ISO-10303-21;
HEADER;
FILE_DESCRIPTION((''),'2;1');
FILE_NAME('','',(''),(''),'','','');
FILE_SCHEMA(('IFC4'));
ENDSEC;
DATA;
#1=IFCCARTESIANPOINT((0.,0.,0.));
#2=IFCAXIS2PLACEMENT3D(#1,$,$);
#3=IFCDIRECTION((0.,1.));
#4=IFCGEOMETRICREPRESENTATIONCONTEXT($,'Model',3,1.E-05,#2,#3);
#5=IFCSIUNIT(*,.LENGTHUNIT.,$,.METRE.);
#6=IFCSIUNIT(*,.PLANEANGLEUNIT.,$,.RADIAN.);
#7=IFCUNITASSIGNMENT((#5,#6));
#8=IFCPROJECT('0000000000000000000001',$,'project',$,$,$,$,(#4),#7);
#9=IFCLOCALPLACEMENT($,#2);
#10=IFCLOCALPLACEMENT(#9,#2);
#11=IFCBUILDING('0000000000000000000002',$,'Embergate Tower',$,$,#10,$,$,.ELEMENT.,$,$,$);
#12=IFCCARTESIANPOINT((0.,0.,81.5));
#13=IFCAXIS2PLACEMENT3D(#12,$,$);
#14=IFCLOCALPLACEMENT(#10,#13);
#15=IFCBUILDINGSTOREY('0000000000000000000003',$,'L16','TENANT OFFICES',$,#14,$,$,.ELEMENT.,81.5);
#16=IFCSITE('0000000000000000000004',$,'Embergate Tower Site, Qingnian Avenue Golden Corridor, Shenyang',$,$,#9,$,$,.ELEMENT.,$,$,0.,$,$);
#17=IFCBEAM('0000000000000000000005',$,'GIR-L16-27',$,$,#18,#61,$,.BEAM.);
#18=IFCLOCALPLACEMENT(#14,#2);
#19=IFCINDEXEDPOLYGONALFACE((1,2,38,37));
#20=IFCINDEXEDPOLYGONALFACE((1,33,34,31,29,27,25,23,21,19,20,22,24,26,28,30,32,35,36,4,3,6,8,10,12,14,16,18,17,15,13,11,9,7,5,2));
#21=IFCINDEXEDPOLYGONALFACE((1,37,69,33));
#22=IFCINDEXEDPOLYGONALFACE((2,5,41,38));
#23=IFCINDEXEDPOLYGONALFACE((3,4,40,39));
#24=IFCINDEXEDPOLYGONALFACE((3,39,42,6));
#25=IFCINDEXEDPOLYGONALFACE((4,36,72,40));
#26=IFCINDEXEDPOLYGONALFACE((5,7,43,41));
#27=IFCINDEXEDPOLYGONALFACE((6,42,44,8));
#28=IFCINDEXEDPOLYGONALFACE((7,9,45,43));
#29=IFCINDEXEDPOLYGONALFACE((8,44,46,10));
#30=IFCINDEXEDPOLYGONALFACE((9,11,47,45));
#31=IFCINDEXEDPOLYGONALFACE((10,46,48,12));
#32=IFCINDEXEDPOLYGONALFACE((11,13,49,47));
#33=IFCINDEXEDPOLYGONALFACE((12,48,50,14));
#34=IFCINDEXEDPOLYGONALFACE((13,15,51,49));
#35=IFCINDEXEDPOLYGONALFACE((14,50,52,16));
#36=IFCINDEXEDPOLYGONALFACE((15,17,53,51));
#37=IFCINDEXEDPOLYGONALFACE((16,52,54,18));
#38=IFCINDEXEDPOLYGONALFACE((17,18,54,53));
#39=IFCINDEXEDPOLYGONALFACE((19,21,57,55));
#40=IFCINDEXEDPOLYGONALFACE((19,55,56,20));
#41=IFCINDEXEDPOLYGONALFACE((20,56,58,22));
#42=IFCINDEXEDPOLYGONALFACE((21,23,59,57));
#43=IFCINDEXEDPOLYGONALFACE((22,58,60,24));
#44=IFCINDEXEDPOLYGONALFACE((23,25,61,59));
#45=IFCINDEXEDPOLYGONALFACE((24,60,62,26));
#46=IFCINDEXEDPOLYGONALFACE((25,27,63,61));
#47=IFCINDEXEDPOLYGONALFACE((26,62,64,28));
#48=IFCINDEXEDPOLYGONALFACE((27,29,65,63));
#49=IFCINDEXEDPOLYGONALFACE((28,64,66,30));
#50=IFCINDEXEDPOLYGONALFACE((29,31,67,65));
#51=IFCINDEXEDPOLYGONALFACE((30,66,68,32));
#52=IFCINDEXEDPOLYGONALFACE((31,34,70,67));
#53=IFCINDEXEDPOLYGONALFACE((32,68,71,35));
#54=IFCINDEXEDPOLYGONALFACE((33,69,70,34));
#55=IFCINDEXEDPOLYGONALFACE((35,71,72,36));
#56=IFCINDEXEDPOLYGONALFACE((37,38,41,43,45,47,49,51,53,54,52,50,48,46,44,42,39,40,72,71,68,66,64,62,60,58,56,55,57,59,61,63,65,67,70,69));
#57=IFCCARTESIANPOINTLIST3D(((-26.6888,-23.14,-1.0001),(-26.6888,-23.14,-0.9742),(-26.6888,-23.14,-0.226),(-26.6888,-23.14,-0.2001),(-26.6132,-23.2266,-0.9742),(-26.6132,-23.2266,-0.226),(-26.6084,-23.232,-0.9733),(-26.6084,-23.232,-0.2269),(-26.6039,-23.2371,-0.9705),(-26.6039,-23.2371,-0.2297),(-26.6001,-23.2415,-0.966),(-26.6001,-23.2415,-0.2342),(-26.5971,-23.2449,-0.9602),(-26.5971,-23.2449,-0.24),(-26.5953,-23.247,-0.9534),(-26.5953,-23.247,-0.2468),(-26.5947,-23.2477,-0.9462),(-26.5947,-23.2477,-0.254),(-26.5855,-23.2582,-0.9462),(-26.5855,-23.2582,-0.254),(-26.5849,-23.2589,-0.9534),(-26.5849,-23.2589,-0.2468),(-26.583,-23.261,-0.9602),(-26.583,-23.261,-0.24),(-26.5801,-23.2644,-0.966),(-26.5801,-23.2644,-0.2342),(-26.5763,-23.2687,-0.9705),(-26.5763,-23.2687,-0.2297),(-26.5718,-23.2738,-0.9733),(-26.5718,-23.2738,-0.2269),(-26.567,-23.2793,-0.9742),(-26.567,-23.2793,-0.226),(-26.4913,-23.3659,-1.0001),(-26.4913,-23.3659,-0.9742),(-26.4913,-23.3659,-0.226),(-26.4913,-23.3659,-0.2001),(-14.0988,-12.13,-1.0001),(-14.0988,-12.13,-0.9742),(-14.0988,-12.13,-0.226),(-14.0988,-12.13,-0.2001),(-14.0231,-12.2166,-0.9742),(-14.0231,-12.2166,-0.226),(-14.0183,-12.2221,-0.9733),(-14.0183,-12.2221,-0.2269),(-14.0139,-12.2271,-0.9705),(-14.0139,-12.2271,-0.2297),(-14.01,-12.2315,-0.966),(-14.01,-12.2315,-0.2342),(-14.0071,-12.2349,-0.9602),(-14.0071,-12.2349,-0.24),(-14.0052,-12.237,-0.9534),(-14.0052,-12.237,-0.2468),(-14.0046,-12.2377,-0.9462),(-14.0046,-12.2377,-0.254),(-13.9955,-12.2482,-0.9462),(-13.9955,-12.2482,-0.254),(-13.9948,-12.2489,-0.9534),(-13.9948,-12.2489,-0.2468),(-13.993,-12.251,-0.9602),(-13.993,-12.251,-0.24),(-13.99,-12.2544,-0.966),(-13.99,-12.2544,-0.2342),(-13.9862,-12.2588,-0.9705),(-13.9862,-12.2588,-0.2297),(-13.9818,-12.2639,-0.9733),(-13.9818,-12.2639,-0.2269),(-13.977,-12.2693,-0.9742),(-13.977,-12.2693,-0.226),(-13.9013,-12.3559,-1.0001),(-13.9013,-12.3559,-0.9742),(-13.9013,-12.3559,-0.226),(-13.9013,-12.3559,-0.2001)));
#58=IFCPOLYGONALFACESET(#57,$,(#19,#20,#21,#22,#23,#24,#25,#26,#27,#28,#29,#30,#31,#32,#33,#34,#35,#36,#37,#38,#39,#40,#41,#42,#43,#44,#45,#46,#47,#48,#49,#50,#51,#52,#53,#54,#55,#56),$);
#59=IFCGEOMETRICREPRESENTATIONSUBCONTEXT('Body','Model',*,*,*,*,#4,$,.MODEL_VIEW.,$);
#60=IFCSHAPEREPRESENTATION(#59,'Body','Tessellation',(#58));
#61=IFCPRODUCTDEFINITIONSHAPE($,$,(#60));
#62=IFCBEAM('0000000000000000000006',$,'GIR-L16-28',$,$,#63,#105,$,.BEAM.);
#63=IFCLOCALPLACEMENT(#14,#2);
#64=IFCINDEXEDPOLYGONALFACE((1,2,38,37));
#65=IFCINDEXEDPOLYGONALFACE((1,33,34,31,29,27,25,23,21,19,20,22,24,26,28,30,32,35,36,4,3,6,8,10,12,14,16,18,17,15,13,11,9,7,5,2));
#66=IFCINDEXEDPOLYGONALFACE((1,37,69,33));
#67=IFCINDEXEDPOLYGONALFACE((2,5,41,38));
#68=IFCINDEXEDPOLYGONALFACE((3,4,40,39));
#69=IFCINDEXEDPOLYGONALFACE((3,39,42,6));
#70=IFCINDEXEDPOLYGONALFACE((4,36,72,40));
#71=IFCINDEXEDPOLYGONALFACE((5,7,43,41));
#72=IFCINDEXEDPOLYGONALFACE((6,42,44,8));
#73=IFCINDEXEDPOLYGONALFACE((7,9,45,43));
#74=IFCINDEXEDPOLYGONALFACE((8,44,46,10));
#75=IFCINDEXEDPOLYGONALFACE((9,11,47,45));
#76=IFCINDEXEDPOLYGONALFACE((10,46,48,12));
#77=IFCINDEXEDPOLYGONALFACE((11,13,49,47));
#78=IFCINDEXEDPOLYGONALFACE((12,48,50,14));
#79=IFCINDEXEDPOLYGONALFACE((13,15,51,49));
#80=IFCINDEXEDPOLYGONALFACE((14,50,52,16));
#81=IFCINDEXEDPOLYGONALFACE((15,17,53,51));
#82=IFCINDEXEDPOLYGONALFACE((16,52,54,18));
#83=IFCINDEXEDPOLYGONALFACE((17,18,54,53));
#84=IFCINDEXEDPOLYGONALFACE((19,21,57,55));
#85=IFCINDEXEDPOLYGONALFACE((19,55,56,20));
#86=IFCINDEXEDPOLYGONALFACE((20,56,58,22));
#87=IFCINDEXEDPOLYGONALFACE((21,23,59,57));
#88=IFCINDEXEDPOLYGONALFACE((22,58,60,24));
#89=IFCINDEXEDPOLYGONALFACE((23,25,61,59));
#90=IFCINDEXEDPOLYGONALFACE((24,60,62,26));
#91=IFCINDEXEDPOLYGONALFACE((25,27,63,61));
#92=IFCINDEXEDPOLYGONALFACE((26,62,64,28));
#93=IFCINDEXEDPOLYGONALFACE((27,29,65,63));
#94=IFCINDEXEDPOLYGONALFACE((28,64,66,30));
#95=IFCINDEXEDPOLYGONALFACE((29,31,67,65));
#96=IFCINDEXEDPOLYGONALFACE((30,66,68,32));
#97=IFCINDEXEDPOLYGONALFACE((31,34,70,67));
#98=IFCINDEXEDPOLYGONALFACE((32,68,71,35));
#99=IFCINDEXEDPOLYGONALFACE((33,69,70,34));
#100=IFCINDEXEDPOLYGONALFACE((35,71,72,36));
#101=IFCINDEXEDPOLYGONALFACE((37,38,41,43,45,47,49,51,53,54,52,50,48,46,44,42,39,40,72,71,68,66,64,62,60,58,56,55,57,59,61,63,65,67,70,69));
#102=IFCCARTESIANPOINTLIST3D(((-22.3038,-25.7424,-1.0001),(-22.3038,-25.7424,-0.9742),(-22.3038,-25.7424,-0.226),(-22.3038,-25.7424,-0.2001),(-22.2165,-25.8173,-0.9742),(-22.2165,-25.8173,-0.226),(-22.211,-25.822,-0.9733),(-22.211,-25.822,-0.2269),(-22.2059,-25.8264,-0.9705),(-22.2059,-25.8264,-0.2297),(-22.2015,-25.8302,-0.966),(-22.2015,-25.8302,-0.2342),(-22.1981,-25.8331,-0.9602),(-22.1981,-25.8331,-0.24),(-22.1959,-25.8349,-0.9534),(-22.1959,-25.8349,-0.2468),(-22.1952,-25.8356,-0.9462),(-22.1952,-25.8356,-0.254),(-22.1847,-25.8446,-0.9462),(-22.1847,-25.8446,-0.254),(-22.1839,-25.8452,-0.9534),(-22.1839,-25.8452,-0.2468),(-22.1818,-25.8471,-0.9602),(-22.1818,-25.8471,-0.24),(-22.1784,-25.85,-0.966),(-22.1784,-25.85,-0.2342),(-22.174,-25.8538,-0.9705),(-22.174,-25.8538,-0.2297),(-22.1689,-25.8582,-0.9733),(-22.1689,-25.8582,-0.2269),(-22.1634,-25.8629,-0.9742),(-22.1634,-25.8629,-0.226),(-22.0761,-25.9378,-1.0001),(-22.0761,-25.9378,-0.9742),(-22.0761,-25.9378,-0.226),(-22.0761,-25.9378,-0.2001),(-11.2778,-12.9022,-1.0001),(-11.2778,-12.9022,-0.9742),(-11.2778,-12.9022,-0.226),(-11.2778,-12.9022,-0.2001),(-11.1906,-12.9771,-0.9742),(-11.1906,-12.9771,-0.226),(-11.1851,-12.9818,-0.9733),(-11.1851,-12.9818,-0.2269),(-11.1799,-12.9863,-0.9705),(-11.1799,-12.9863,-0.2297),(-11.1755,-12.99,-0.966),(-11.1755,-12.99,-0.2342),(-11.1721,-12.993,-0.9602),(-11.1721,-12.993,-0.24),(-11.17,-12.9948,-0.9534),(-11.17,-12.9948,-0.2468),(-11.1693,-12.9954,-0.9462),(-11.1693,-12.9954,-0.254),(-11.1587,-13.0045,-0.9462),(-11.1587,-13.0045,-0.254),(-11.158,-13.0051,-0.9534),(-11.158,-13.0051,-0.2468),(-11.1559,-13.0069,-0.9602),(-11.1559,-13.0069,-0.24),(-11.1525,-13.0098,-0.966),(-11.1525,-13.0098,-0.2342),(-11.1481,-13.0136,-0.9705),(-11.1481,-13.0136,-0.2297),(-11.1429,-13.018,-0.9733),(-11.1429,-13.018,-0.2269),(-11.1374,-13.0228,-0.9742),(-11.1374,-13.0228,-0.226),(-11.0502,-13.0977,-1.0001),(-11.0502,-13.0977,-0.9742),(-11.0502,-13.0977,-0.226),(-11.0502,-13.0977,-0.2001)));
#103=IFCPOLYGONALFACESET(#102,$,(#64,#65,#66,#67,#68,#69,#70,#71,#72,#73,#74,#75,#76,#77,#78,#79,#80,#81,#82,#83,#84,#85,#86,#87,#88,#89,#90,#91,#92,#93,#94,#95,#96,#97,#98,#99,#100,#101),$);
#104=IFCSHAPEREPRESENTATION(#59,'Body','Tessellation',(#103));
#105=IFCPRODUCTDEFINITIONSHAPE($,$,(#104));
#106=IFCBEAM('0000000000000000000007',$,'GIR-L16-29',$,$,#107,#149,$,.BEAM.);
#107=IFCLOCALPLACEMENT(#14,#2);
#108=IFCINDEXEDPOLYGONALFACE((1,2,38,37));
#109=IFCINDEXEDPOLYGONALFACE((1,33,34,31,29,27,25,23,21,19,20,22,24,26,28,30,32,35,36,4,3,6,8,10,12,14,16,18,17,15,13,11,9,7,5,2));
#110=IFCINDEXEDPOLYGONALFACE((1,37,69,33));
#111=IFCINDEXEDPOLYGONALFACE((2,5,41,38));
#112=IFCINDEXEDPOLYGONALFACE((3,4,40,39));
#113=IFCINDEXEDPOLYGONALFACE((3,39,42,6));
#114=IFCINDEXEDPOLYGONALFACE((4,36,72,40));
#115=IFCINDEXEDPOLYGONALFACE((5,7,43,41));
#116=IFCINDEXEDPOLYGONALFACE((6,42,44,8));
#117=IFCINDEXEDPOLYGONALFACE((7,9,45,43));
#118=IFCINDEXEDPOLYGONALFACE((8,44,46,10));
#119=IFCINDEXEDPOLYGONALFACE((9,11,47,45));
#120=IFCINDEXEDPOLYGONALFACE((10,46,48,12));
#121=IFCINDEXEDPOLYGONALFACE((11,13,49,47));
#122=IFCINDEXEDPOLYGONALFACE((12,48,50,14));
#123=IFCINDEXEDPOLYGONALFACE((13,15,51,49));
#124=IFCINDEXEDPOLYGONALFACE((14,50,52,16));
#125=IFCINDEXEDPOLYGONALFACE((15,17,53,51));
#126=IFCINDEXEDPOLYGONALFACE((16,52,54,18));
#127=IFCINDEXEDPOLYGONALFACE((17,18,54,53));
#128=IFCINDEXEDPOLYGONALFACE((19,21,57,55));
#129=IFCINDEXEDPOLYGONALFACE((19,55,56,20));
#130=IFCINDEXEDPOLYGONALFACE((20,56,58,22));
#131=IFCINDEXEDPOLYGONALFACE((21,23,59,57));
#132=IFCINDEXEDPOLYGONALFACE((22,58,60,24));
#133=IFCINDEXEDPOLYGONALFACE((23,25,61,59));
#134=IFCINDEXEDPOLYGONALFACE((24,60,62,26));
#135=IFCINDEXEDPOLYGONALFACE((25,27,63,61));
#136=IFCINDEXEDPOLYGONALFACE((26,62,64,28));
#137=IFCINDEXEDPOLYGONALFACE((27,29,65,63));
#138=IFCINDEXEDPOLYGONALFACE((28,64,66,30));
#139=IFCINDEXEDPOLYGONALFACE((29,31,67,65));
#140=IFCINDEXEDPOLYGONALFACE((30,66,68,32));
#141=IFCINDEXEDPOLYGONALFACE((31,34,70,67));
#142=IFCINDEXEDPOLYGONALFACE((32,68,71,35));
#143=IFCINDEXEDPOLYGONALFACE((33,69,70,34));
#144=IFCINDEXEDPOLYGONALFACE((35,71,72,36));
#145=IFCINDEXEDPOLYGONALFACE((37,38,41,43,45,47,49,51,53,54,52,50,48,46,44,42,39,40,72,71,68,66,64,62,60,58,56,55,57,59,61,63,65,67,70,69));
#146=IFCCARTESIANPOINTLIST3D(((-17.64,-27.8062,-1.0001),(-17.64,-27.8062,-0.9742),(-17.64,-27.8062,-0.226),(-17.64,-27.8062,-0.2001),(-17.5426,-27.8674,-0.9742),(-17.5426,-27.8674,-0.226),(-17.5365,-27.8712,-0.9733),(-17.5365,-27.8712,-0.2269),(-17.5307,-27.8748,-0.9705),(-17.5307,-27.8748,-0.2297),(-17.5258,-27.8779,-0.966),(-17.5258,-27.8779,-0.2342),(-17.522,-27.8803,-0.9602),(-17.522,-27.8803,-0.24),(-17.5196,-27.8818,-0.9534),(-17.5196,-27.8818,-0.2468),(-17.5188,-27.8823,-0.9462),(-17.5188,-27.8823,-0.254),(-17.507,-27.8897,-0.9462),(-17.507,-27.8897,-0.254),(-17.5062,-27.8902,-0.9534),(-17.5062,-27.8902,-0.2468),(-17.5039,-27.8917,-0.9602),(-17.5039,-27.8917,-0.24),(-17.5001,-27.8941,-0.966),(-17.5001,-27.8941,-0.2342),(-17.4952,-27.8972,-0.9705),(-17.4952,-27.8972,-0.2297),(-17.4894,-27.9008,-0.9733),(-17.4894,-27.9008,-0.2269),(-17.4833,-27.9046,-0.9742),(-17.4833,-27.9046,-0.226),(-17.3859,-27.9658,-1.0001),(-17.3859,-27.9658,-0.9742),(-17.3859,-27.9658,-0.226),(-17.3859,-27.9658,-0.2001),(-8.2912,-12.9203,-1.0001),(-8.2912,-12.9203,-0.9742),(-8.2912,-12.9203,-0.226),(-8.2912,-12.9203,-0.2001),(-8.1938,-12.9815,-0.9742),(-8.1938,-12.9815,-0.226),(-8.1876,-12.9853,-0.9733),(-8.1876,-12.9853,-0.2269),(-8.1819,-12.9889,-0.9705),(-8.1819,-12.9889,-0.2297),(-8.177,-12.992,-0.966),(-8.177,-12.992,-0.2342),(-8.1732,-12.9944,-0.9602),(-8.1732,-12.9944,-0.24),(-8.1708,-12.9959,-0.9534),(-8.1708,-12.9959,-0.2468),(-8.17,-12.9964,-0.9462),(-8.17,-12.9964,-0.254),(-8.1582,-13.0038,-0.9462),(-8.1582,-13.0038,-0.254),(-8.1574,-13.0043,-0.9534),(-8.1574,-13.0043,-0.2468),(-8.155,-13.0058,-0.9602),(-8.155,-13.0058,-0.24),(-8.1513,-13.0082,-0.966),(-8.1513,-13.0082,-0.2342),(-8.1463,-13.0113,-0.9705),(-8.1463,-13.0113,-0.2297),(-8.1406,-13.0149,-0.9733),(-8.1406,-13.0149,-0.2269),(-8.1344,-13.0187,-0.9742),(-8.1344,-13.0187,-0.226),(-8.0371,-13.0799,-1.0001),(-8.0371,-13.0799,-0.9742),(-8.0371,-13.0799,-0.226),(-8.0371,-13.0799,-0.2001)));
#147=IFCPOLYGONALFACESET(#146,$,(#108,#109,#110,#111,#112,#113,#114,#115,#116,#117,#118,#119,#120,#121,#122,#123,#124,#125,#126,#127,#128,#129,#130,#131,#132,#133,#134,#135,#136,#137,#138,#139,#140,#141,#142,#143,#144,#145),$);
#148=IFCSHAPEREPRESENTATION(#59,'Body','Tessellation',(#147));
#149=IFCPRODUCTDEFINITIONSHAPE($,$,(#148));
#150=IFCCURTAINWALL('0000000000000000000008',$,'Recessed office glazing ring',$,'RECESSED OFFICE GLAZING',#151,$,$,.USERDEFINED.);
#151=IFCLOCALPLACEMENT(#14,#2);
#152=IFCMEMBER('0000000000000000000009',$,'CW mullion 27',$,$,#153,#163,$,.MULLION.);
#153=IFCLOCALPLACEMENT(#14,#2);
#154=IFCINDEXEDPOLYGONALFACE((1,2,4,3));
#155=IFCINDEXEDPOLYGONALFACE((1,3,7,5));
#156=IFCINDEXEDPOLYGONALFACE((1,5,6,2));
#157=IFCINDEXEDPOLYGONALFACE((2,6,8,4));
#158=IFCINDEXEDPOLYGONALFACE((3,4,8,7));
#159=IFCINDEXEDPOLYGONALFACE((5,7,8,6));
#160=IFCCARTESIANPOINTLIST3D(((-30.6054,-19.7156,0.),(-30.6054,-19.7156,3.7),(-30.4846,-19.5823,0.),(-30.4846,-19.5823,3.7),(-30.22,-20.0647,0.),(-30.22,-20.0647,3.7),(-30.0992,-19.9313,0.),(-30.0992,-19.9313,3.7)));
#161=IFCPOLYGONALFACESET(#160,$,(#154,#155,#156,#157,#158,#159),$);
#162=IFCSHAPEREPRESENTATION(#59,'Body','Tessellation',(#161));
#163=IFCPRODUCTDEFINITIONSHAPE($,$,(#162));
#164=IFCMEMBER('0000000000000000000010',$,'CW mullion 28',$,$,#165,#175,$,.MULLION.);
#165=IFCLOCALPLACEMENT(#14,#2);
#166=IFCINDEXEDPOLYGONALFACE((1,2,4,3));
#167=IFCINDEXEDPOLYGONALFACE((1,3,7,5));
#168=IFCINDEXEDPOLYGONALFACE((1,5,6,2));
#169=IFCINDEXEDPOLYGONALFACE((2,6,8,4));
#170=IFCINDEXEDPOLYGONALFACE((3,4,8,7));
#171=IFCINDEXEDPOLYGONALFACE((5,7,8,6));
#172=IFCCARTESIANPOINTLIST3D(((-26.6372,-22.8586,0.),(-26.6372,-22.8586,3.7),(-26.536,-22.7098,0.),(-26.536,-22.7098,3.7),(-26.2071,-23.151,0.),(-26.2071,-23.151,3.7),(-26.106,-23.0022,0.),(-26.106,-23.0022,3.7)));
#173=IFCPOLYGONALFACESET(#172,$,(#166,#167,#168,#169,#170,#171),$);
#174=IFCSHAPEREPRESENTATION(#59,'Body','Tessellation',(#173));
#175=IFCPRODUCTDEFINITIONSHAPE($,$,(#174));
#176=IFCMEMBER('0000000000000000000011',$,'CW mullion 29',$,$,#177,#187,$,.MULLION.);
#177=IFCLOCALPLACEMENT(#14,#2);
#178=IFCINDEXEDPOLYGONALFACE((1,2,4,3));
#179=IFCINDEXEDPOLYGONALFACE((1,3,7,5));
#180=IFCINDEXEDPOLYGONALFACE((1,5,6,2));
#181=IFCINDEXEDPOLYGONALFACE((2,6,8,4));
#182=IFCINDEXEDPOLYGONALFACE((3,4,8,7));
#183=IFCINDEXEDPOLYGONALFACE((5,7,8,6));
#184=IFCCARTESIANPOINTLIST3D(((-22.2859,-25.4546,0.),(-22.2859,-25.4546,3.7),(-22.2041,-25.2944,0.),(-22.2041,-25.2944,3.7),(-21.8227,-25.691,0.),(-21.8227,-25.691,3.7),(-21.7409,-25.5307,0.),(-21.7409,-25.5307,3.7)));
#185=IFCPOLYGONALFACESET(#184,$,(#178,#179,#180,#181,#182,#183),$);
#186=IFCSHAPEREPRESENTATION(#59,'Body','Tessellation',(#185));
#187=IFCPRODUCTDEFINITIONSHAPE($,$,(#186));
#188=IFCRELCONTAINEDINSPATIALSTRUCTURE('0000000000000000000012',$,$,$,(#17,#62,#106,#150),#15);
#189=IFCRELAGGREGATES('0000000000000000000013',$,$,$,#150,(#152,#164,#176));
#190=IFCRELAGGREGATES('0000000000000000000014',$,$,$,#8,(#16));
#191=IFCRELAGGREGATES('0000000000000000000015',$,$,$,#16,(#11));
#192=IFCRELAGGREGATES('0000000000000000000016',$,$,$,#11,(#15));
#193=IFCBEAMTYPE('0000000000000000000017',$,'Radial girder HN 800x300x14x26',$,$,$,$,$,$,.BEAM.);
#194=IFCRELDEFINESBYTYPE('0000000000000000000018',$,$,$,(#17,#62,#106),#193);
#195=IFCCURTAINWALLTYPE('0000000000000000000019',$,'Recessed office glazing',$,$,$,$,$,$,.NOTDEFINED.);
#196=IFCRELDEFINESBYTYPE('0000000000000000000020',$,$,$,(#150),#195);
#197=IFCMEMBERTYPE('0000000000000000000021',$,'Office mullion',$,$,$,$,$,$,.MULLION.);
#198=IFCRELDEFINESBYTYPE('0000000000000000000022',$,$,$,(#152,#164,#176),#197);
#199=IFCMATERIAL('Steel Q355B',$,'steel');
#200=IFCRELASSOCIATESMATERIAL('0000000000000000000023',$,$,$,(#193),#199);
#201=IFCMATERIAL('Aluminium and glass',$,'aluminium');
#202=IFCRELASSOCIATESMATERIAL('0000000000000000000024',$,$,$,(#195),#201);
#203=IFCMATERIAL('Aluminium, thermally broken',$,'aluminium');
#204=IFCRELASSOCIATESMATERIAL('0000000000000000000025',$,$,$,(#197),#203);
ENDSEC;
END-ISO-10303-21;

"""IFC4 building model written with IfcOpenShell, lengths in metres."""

from ifc_helpers import new_model, si_unit, direction, frame, origin, origin_2d, place, context, subcontext, project, spatial, rectangle, i_section, extrude, source, transform, mapped, material, material_profile, profile_set, type_object, element, aggregate, save


model = new_model("IFC4")

# Units and contexts
model_context = context("Model", 3, precision=1e-05, world=origin(), true_north=direction((0.0, 1.0)))
body_context = subcontext(model_context, "Body", "Model", "MODEL_VIEW")
ifc_project = project(units=[si_unit("LENGTHUNIT", "METRE"), si_unit("PLANEANGLEUNIT", "RADIAN")], contexts=[model_context])

# Site, building, storey
site_placement = place(None, origin())
site = spatial("IfcSite", under=ifc_project, at=site_placement, Name="Embergate Tower Site, Qingnian Avenue Golden Corridor, Shenyang", CompositionType="ELEMENT", RefElevation=0.0)
building_placement = place(site_placement, origin())
building = spatial("IfcBuilding", under=site, at=building_placement, Name="Embergate Tower", CompositionType="ELEMENT")
storey_placement = place(building_placement, frame((0.0, 0.0, 81.5)))
storey = spatial("IfcBuildingStorey", under=building, at=storey_placement, Name="L16", Description="TENANT OFFICES", CompositionType="ELEMENT", Elevation=81.5)

# Beams
ifc_material_1 = material(Name="Steel Q355B", Category="steel")
ifc_material_profile_1 = material_profile(ifc_material_1, i_section(OverallWidth=0.3, OverallDepth=0.8, WebThickness=0.0139, FlangeThickness=0.0259, FilletRadius=0.0281, at=origin_2d()), Name="HN 800x300x14x26")
ifc_profile_set_1 = profile_set([ifc_material_profile_1], Name="Steel Q355 grade B")
beam_type_1 = type_object("IfcBeamType", Name="Radial girder HN 800x300x14x26", PredefinedType="BEAM", material=ifc_profile_set_1)
shared_shape_1 = source(origin(), body_context, "Body", "SweptSolid", [
    extrude(i_section(OverallWidth=0.3, OverallDepth=0.8, WebThickness=0.0139, FlangeThickness=0.0259, FilletRadius=0.0281, at=origin_2d()), origin(), (0.0, 0.0, 1.0), 16.7251),
])
beam_1_placement = place(storey_placement, frame((-26.5901, -23.2529, -0.6001), z_axis=(0.752764, 0.658291, 0.0), x_axis=(-0.658291, 0.752764, 0.0)))
element("IfcBeam", 1, at=beam_1_placement, inside=storey, type_object=beam_type_1, Name="GIR-L16-27", PredefinedType="BEAM", context=body_context, shape_type="MappedRepresentation", body=[
    mapped(shared_shape_1, transform((0.0, 0.0, 0.0))),
])
shared_shape_2 = source(origin(), body_context, "Body", "SweptSolid", [
    extrude(i_section(OverallWidth=0.3, OverallDepth=0.8, WebThickness=0.0139, FlangeThickness=0.0259, FilletRadius=0.0281, at=origin_2d()), origin(), (0.0, 0.0, 1.0), 16.9246),
])
beam_2_placement = place(storey_placement, frame((-22.1899, -25.8401, -0.6001), z_axis=(0.651475, 0.75867, 0.0), x_axis=(-0.75867, 0.651475, 0.0)))
element("IfcBeam", 2, at=beam_2_placement, inside=storey, type_object=beam_type_1, Name="GIR-L16-28", PredefinedType="BEAM", context=body_context, shape_type="MappedRepresentation", body=[
    mapped(shared_shape_2, transform((0.0, 0.0, 0.0))),
])
shared_shape_3 = source(origin(), body_context, "Body", "SweptSolid", [
    extrude(i_section(OverallWidth=0.3, OverallDepth=0.8, WebThickness=0.0139, FlangeThickness=0.0259, FilletRadius=0.0281, at=origin_2d()), origin(), (0.0, 0.0, 1.0), 17.5781),
])
beam_3_placement = place(storey_placement, frame((-17.5129, -27.886, -0.6001), z_axis=(0.531844, 0.846842, 0.0), x_axis=(-0.846842, 0.531844, 0.0)))
element("IfcBeam", 3, at=beam_3_placement, inside=storey, type_object=beam_type_1, Name="GIR-L16-29", PredefinedType="BEAM", context=body_context, shape_type="MappedRepresentation", body=[
    mapped(shared_shape_3, transform((0.0, 0.0, 0.0))),
])

# Curtain wall, members
ifc_material_2 = material(Name="Aluminium and glass", Category="aluminium")
curtain_wall_type = type_object("IfcCurtainWallType", Name="Recessed office glazing", PredefinedType="NOTDEFINED", material=ifc_material_2)
curtain_wall_placement = place(storey_placement, origin())
curtain_wall = element("IfcCurtainWall", 4, at=curtain_wall_placement, inside=storey, type_object=curtain_wall_type, Name="Recessed office glazing ring", ObjectType="RECESSED OFFICE GLAZING", PredefinedType="USERDEFINED")
ifc_material_3 = material(Name="Aluminium, thermally broken", Category="aluminium")
ifc_material_profile_2 = material_profile(ifc_material_3, rectangle(XDim=0.1799, YDim=0.52, at=origin_2d()), Name="AL 520x180")
ifc_profile_set_2 = profile_set([ifc_material_profile_2], Name="Aluminium, thermally broken")
member_type_1 = type_object("IfcMemberType", Name="Office mullion", PredefinedType="MULLION", material=ifc_profile_set_2)
shared_shape_4 = source(origin(), body_context, "Body", "SweptSolid", [
    extrude(rectangle(XDim=0.1799, YDim=0.52, at=origin_2d()), origin(), (0.0, 0.0, 1.0), 3.7),
])
member_1_placement = place(storey_placement, frame((-30.3523, -19.8235, 0.0), z_axis=(0.0, 0.0, 1.0), x_axis=(0.671229, 0.74125, 0.0)))
member_1 = element("IfcMember", 5, at=member_1_placement, type_object=member_type_1, Name="CW mullion 27", PredefinedType="MULLION", context=body_context, shape_type="MappedRepresentation", body=[
    mapped(shared_shape_4, transform((0.0, 0.0, 0.0))),
])
member_2_placement = place(storey_placement, frame((-26.3716, -22.9304, 0.0), z_axis=(0.0, 0.0, 1.0), x_axis=(0.562218, 0.826989, 0.0)))
member_2 = element("IfcMember", 6, at=member_2_placement, type_object=member_type_1, Name="CW mullion 28", PredefinedType="MULLION", context=body_context, shape_type="MappedRepresentation", body=[
    mapped(shared_shape_4, transform((0.0, 0.0, 0.0))),
])
member_3_placement = place(storey_placement, frame((-22.0134, -25.4927, 0.0), z_axis=(0.0, 0.0, 1.0), x_axis=(0.454511, 0.890741, 0.0)))
member_3 = element("IfcMember", 7, at=member_3_placement, type_object=member_type_1, Name="CW mullion 29", PredefinedType="MULLION", context=body_context, shape_type="MappedRepresentation", body=[
    mapped(shared_shape_4, transform((0.0, 0.0, 0.0))),
])
aggregate(curtain_wall, [member_1, member_2, member_3])

save(model, "model.ifc")
